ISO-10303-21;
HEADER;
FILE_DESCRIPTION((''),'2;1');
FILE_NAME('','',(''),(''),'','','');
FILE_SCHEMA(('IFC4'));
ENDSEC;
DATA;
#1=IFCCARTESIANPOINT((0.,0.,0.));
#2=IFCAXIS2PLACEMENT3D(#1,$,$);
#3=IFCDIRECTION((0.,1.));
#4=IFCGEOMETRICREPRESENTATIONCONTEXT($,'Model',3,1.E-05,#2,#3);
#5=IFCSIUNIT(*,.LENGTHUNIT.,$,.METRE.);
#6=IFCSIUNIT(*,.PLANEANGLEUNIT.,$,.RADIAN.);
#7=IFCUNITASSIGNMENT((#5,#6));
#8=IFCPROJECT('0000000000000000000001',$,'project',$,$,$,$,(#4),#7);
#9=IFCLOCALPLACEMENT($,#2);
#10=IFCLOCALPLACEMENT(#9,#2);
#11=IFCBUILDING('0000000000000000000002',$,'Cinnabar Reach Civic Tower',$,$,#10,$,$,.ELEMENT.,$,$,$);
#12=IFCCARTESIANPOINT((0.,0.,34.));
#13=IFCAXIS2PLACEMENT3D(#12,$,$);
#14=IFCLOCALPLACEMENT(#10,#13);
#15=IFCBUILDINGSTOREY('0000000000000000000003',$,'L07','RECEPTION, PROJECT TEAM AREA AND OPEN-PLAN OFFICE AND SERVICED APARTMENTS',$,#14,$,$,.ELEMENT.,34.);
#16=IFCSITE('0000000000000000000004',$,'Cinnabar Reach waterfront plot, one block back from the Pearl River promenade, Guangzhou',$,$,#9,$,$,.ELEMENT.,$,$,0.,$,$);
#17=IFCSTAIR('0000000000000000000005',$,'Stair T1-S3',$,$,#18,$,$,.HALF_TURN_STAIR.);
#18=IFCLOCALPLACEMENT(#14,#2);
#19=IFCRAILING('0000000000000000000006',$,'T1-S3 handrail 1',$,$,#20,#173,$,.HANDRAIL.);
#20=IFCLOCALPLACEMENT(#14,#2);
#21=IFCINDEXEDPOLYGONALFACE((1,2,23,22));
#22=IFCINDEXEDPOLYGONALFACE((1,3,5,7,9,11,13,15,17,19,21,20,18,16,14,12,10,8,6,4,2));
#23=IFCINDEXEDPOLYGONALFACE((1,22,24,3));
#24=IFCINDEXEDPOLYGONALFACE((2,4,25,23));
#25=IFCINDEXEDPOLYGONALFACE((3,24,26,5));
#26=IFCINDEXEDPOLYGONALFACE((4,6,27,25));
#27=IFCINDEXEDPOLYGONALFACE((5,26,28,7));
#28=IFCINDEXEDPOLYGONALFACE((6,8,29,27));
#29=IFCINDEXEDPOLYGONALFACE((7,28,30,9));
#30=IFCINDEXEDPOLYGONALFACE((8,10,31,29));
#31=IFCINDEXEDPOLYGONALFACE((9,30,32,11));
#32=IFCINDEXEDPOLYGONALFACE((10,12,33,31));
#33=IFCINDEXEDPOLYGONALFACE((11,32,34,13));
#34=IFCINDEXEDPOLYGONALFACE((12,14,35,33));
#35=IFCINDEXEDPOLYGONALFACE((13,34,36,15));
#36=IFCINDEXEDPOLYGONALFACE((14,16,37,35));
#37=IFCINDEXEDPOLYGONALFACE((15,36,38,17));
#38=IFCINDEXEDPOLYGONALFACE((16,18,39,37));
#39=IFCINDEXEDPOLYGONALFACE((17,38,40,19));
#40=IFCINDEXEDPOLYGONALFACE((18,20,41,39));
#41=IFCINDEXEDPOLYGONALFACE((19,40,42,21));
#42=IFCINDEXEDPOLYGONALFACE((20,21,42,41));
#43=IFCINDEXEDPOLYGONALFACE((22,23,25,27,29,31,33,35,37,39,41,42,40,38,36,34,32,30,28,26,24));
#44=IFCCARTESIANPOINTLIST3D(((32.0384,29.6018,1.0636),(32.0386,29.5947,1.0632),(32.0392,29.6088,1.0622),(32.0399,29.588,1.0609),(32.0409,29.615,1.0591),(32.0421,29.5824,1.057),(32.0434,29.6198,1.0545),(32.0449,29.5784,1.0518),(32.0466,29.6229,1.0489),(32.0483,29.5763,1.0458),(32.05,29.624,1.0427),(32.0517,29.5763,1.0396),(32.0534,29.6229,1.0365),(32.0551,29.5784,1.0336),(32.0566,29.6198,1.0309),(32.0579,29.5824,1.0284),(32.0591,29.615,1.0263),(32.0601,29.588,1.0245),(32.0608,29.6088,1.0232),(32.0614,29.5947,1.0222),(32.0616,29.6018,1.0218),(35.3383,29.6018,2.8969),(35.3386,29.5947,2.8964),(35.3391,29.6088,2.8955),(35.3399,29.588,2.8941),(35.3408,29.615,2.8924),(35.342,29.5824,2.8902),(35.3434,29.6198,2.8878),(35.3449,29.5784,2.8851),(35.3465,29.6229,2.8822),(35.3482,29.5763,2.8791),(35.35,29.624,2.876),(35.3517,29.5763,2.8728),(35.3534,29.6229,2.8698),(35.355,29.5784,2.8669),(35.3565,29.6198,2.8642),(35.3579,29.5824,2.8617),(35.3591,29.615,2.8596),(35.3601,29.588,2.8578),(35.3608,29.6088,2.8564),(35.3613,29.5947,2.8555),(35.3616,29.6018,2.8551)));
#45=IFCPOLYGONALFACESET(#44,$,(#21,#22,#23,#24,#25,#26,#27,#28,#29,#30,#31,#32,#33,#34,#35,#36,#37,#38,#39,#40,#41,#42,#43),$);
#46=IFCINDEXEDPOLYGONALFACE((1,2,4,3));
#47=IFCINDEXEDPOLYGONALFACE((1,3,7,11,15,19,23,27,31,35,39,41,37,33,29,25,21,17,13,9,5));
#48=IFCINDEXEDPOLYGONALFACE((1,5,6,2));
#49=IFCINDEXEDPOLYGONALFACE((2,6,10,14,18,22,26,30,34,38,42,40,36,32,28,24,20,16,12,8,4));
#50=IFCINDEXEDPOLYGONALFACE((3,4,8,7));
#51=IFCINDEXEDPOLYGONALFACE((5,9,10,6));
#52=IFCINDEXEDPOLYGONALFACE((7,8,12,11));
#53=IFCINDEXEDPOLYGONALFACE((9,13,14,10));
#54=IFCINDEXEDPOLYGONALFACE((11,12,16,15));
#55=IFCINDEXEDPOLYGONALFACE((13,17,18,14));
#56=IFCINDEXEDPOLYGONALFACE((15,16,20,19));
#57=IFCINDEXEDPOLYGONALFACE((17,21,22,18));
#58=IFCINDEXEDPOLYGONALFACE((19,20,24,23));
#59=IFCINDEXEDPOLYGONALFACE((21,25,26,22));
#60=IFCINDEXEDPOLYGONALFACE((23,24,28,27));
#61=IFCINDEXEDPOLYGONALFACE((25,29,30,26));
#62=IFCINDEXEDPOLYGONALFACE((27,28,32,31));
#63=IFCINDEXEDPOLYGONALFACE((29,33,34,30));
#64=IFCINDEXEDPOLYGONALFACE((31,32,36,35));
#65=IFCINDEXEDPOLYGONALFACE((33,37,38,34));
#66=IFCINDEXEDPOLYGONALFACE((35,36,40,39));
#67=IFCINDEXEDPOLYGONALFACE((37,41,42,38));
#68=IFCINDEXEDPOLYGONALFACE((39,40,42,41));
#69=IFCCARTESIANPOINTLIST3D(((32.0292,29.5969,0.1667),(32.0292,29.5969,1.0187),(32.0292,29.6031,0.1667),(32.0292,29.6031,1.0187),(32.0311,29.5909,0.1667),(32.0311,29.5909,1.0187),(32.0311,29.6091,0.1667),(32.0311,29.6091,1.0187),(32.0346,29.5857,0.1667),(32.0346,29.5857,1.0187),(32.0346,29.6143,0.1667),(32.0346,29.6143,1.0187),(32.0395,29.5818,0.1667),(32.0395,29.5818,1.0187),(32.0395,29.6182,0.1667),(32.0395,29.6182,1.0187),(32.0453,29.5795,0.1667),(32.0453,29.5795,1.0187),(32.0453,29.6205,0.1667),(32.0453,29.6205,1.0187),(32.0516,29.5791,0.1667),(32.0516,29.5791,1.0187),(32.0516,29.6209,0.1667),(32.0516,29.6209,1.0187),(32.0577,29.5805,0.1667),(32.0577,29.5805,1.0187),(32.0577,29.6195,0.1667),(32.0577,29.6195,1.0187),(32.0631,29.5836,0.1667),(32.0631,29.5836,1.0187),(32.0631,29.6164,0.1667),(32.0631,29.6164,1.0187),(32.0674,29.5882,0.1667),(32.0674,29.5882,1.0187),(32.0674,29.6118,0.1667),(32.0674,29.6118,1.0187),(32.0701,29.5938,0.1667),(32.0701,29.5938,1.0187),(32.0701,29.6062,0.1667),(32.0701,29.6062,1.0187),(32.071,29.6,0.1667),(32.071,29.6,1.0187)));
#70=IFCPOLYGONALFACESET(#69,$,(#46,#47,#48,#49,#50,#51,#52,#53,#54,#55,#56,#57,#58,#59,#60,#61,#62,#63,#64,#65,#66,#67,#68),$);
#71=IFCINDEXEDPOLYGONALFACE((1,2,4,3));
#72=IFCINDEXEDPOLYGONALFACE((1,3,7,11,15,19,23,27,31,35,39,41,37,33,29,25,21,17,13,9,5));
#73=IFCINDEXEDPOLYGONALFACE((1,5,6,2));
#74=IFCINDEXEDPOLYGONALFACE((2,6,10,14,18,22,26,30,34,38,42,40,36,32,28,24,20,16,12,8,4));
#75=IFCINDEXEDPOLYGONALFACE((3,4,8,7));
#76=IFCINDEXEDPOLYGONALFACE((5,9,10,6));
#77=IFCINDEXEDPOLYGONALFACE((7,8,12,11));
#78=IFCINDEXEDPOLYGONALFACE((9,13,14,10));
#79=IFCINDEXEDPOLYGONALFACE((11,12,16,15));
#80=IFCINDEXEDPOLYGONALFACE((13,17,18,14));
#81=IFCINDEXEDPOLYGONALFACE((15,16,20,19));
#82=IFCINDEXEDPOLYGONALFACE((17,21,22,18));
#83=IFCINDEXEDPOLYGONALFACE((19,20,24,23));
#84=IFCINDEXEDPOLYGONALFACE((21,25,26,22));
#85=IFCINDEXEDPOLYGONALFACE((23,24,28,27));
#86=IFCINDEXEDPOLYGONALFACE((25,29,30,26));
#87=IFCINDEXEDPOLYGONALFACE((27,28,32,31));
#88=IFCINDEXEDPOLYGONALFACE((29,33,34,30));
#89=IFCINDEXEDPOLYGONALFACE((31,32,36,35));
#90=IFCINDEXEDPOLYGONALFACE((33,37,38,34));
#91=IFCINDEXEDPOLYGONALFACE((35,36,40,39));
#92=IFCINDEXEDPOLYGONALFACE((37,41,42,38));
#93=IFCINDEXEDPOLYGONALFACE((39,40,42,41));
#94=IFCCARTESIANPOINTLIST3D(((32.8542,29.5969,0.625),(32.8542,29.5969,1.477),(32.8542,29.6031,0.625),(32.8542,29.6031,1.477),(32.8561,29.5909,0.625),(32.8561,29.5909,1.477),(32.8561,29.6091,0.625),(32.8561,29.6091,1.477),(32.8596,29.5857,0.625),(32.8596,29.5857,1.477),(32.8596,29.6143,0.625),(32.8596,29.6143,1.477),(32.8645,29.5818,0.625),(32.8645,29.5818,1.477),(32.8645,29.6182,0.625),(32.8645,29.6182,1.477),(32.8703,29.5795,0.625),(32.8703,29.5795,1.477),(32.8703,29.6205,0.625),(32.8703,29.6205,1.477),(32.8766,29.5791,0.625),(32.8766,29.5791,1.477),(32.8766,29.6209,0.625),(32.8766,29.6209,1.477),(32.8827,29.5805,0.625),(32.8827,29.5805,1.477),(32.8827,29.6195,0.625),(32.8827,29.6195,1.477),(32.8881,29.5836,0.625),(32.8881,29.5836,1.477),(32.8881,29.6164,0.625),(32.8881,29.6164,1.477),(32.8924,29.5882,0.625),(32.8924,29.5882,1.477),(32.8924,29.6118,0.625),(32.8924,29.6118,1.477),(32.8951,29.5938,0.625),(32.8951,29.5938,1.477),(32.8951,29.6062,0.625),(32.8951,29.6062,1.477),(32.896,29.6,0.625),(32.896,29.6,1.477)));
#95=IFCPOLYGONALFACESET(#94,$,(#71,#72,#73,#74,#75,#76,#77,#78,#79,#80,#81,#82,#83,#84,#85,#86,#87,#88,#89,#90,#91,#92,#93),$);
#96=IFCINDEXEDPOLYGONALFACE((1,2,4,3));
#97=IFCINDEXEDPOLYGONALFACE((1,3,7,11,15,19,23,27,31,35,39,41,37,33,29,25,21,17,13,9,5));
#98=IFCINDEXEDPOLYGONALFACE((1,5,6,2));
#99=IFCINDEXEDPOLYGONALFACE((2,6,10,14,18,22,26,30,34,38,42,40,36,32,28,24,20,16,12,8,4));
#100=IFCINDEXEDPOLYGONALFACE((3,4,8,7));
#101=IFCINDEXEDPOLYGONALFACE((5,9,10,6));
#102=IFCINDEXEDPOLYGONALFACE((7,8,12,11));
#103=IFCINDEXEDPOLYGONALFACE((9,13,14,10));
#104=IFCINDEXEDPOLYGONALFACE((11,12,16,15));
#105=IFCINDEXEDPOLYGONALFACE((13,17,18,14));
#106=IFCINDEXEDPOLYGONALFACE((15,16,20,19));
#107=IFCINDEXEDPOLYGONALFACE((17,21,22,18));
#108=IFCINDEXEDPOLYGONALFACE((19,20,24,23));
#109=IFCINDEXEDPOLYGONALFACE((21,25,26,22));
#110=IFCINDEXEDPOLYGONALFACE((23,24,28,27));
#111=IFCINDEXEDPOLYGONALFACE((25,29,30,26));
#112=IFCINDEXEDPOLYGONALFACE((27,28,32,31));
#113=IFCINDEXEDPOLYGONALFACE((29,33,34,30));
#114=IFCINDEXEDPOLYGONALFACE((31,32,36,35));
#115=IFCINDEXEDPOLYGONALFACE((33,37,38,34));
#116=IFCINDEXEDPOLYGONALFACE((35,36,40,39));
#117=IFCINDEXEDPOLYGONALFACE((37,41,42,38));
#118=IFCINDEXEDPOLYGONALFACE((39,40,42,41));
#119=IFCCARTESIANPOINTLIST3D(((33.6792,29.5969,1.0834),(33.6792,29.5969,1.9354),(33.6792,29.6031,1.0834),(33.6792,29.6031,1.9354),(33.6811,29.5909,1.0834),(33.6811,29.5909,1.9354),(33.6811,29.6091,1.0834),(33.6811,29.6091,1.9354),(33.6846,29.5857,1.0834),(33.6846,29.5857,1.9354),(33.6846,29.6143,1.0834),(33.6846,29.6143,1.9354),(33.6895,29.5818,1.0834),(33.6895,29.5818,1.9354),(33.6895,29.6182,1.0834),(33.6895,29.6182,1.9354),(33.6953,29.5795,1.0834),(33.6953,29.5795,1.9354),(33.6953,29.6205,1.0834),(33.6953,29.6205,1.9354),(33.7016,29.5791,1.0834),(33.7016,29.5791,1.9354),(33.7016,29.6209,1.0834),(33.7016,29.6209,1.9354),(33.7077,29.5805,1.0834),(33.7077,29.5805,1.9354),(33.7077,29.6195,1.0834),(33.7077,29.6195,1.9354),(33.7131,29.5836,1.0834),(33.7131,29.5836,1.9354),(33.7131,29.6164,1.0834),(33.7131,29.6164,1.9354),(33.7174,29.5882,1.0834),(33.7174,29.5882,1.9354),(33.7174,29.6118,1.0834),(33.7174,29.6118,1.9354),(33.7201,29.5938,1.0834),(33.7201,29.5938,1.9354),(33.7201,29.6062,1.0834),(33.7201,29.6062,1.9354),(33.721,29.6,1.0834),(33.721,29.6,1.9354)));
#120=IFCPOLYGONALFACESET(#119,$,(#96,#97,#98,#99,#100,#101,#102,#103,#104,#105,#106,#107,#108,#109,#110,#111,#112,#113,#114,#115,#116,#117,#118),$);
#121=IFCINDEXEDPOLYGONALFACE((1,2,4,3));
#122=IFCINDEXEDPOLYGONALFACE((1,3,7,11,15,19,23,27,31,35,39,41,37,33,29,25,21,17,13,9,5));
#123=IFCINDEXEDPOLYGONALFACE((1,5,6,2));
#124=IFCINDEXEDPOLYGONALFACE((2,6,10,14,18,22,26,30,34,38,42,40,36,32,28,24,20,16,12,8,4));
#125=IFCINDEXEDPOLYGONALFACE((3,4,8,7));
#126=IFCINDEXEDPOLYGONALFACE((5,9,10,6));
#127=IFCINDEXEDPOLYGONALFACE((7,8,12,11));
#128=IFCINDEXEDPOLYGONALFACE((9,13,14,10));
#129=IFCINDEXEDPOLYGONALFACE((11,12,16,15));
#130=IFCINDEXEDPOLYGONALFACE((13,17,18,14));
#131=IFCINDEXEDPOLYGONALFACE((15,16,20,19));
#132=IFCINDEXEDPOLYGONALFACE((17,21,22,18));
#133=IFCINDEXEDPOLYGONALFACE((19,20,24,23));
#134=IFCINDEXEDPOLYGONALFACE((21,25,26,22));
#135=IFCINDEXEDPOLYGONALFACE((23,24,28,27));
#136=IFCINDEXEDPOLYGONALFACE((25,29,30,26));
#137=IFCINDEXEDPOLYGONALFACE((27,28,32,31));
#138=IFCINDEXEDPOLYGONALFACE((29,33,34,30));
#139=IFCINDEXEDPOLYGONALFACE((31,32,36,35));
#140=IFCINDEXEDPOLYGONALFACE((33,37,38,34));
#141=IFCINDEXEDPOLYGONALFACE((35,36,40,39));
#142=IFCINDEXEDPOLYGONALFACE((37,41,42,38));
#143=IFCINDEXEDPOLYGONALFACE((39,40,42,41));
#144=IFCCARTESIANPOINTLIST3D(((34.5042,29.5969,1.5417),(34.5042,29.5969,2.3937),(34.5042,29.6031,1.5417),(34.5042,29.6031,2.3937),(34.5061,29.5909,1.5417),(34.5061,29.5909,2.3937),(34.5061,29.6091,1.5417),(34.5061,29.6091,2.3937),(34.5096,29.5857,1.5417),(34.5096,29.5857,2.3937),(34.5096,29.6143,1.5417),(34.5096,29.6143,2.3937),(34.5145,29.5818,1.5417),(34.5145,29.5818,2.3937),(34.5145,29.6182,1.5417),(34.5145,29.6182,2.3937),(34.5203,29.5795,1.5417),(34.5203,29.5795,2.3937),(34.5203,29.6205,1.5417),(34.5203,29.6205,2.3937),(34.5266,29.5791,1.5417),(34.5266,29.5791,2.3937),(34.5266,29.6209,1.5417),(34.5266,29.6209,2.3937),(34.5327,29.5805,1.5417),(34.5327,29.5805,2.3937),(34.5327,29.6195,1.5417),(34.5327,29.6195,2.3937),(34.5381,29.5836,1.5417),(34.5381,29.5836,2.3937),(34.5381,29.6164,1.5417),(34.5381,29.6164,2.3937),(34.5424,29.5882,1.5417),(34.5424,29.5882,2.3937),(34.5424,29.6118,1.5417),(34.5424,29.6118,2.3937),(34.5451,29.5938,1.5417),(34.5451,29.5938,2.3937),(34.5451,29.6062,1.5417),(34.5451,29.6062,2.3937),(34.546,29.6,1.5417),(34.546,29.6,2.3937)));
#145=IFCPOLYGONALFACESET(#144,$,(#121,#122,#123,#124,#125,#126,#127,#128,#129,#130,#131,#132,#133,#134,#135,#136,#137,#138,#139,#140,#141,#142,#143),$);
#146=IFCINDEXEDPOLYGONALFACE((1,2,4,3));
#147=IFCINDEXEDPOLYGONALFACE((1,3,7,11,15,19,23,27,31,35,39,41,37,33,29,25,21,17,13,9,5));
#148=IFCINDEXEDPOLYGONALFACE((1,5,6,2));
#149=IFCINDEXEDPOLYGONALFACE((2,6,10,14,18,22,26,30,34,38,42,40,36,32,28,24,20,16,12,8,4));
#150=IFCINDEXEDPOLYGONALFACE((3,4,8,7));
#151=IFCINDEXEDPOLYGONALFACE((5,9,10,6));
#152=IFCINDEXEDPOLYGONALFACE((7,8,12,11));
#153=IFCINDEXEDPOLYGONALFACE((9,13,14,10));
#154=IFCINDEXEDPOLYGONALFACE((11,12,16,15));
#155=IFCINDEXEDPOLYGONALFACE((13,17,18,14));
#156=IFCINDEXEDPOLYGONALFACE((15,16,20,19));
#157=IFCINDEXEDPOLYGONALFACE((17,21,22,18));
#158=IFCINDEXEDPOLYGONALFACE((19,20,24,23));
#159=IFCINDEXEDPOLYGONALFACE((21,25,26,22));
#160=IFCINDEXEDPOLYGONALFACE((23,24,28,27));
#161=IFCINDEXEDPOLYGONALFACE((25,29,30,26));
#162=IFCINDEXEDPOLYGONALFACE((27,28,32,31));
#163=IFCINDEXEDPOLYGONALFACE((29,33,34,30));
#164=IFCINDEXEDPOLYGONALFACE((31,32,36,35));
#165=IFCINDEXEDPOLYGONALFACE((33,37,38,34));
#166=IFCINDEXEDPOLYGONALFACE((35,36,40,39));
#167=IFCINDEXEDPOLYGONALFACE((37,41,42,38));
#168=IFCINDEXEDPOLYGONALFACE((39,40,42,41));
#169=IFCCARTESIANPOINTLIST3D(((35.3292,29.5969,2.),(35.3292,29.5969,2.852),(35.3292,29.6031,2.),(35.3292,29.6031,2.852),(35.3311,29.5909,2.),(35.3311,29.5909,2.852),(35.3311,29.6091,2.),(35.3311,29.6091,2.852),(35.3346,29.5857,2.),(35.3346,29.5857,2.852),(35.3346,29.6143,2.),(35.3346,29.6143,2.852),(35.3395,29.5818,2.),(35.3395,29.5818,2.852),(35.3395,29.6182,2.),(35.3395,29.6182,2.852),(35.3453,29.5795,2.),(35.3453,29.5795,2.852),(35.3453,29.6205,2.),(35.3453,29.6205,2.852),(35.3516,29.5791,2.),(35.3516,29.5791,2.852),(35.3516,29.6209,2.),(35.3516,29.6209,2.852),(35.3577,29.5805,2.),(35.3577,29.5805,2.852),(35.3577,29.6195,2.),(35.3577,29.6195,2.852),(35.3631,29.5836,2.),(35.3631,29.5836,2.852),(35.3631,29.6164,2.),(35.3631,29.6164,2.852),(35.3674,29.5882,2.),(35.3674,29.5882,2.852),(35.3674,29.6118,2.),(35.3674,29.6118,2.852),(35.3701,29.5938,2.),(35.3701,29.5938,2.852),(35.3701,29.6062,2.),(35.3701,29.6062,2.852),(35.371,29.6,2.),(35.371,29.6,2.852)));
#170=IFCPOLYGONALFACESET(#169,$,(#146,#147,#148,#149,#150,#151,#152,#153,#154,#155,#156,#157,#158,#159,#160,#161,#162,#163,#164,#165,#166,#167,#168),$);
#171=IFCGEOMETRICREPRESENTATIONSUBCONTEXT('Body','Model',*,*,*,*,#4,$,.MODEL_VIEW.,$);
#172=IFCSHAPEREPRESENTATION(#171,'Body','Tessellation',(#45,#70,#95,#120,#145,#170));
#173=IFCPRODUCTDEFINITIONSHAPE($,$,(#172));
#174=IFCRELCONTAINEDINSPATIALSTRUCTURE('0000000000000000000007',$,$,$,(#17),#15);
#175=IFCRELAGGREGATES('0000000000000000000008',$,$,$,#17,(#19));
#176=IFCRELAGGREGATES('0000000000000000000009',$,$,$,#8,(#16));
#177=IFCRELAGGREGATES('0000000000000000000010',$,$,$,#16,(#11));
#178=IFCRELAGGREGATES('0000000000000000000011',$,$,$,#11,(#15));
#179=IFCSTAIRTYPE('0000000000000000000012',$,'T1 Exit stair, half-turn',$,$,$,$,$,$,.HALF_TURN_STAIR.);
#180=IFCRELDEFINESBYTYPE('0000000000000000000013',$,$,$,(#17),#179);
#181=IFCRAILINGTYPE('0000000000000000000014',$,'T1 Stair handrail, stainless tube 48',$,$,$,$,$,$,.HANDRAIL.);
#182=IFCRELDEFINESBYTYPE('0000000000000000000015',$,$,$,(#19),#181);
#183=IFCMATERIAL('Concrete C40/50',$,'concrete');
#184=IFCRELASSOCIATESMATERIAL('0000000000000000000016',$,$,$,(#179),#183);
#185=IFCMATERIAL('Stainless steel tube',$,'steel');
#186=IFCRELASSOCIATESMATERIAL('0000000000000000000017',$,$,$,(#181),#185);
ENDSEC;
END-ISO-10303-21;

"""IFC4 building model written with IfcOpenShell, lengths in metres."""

from ifc_helpers import new_model, si_unit, direction, frame, origin, origin_2d, place, context, subcontext, project, spatial, circle, extrude, material, type_object, element, aggregate, save


model = new_model("IFC4")

# Units and contexts
model_context = context("Model", 3, precision=1e-05, world=origin(), true_north=direction((0.0, 1.0)))
body_context = subcontext(model_context, "Body", "Model", "MODEL_VIEW")
ifc_project = project(units=[si_unit("LENGTHUNIT", "METRE"), si_unit("PLANEANGLEUNIT", "RADIAN")], contexts=[model_context])

# Site, building, storey
site_placement = place(None, origin())
site = spatial("IfcSite", under=ifc_project, at=site_placement, Name="Cinnabar Reach waterfront plot, one block back from the Pearl River promenade, Guangzhou", CompositionType="ELEMENT", RefElevation=0.0)
building_placement = place(site_placement, origin())
building = spatial("IfcBuilding", under=site, at=building_placement, Name="Cinnabar Reach Civic Tower", CompositionType="ELEMENT")
storey_placement = place(building_placement, frame((0.0, 0.0, 34.0)))
storey = spatial("IfcBuildingStorey", under=building, at=storey_placement, Name="L07", Description="RECEPTION, PROJECT TEAM AREA AND OPEN-PLAN OFFICE AND SERVICED APARTMENTS", CompositionType="ELEMENT", Elevation=34.0)

# Stair, railing
ifc_material_1 = material(Name="Concrete C40/50", Category="concrete")
stair_type = type_object("IfcStairType", Name="T1 Exit stair, half-turn", PredefinedType="HALF_TURN_STAIR", material=ifc_material_1)
stair_placement = place(storey_placement, origin())
stair = element("IfcStair", 1, at=stair_placement, inside=storey, type_object=stair_type, Name="Stair T1-S3", PredefinedType="HALF_TURN_STAIR")
ifc_material_2 = material(Name="Stainless steel tube", Category="steel")
railing_type = type_object("IfcRailingType", Name="T1 Stair handrail, stainless tube 48", PredefinedType="HANDRAIL", material=ifc_material_2)
railing_1_placement = place(storey_placement, frame((32.05, 29.6, 0.1667)))
railing_1 = element("IfcRailing", 2, at=railing_1_placement, type_object=railing_type, Name="T1-S3 handrail 1", PredefinedType="HANDRAIL", context=body_context, shape_type="SweptSolid", body=[
    extrude(circle(Radius=0.024, at=origin_2d()), frame((0.0, 0.0, 0.876), z_axis=(0.874161, 0.0, 0.485636), x_axis=(0.0, 1.0, 0.0)), (0.0, 0.0, 1.0), 3.775),
    extrude(circle(Radius=0.021, at=origin_2d()), origin(), (0.0, 0.0, 1.0), 0.852),
    extrude(circle(Radius=0.021, at=origin_2d()), frame((0.825, 0.0, 0.4583)), (0.0, 0.0, 1.0), 0.852),
    extrude(circle(Radius=0.021, at=origin_2d()), frame((1.65, 0.0, 0.9167)), (0.0, 0.0, 1.0), 0.852),
    extrude(circle(Radius=0.021, at=origin_2d()), frame((2.475, 0.0, 1.375)), (0.0, 0.0, 1.0), 0.852),
    extrude(circle(Radius=0.021, at=origin_2d()), frame((3.3, 0.0, 1.8333)), (0.0, 0.0, 1.0), 0.852),
])
aggregate(stair, [railing_1])

save(model, "model.ifc")
